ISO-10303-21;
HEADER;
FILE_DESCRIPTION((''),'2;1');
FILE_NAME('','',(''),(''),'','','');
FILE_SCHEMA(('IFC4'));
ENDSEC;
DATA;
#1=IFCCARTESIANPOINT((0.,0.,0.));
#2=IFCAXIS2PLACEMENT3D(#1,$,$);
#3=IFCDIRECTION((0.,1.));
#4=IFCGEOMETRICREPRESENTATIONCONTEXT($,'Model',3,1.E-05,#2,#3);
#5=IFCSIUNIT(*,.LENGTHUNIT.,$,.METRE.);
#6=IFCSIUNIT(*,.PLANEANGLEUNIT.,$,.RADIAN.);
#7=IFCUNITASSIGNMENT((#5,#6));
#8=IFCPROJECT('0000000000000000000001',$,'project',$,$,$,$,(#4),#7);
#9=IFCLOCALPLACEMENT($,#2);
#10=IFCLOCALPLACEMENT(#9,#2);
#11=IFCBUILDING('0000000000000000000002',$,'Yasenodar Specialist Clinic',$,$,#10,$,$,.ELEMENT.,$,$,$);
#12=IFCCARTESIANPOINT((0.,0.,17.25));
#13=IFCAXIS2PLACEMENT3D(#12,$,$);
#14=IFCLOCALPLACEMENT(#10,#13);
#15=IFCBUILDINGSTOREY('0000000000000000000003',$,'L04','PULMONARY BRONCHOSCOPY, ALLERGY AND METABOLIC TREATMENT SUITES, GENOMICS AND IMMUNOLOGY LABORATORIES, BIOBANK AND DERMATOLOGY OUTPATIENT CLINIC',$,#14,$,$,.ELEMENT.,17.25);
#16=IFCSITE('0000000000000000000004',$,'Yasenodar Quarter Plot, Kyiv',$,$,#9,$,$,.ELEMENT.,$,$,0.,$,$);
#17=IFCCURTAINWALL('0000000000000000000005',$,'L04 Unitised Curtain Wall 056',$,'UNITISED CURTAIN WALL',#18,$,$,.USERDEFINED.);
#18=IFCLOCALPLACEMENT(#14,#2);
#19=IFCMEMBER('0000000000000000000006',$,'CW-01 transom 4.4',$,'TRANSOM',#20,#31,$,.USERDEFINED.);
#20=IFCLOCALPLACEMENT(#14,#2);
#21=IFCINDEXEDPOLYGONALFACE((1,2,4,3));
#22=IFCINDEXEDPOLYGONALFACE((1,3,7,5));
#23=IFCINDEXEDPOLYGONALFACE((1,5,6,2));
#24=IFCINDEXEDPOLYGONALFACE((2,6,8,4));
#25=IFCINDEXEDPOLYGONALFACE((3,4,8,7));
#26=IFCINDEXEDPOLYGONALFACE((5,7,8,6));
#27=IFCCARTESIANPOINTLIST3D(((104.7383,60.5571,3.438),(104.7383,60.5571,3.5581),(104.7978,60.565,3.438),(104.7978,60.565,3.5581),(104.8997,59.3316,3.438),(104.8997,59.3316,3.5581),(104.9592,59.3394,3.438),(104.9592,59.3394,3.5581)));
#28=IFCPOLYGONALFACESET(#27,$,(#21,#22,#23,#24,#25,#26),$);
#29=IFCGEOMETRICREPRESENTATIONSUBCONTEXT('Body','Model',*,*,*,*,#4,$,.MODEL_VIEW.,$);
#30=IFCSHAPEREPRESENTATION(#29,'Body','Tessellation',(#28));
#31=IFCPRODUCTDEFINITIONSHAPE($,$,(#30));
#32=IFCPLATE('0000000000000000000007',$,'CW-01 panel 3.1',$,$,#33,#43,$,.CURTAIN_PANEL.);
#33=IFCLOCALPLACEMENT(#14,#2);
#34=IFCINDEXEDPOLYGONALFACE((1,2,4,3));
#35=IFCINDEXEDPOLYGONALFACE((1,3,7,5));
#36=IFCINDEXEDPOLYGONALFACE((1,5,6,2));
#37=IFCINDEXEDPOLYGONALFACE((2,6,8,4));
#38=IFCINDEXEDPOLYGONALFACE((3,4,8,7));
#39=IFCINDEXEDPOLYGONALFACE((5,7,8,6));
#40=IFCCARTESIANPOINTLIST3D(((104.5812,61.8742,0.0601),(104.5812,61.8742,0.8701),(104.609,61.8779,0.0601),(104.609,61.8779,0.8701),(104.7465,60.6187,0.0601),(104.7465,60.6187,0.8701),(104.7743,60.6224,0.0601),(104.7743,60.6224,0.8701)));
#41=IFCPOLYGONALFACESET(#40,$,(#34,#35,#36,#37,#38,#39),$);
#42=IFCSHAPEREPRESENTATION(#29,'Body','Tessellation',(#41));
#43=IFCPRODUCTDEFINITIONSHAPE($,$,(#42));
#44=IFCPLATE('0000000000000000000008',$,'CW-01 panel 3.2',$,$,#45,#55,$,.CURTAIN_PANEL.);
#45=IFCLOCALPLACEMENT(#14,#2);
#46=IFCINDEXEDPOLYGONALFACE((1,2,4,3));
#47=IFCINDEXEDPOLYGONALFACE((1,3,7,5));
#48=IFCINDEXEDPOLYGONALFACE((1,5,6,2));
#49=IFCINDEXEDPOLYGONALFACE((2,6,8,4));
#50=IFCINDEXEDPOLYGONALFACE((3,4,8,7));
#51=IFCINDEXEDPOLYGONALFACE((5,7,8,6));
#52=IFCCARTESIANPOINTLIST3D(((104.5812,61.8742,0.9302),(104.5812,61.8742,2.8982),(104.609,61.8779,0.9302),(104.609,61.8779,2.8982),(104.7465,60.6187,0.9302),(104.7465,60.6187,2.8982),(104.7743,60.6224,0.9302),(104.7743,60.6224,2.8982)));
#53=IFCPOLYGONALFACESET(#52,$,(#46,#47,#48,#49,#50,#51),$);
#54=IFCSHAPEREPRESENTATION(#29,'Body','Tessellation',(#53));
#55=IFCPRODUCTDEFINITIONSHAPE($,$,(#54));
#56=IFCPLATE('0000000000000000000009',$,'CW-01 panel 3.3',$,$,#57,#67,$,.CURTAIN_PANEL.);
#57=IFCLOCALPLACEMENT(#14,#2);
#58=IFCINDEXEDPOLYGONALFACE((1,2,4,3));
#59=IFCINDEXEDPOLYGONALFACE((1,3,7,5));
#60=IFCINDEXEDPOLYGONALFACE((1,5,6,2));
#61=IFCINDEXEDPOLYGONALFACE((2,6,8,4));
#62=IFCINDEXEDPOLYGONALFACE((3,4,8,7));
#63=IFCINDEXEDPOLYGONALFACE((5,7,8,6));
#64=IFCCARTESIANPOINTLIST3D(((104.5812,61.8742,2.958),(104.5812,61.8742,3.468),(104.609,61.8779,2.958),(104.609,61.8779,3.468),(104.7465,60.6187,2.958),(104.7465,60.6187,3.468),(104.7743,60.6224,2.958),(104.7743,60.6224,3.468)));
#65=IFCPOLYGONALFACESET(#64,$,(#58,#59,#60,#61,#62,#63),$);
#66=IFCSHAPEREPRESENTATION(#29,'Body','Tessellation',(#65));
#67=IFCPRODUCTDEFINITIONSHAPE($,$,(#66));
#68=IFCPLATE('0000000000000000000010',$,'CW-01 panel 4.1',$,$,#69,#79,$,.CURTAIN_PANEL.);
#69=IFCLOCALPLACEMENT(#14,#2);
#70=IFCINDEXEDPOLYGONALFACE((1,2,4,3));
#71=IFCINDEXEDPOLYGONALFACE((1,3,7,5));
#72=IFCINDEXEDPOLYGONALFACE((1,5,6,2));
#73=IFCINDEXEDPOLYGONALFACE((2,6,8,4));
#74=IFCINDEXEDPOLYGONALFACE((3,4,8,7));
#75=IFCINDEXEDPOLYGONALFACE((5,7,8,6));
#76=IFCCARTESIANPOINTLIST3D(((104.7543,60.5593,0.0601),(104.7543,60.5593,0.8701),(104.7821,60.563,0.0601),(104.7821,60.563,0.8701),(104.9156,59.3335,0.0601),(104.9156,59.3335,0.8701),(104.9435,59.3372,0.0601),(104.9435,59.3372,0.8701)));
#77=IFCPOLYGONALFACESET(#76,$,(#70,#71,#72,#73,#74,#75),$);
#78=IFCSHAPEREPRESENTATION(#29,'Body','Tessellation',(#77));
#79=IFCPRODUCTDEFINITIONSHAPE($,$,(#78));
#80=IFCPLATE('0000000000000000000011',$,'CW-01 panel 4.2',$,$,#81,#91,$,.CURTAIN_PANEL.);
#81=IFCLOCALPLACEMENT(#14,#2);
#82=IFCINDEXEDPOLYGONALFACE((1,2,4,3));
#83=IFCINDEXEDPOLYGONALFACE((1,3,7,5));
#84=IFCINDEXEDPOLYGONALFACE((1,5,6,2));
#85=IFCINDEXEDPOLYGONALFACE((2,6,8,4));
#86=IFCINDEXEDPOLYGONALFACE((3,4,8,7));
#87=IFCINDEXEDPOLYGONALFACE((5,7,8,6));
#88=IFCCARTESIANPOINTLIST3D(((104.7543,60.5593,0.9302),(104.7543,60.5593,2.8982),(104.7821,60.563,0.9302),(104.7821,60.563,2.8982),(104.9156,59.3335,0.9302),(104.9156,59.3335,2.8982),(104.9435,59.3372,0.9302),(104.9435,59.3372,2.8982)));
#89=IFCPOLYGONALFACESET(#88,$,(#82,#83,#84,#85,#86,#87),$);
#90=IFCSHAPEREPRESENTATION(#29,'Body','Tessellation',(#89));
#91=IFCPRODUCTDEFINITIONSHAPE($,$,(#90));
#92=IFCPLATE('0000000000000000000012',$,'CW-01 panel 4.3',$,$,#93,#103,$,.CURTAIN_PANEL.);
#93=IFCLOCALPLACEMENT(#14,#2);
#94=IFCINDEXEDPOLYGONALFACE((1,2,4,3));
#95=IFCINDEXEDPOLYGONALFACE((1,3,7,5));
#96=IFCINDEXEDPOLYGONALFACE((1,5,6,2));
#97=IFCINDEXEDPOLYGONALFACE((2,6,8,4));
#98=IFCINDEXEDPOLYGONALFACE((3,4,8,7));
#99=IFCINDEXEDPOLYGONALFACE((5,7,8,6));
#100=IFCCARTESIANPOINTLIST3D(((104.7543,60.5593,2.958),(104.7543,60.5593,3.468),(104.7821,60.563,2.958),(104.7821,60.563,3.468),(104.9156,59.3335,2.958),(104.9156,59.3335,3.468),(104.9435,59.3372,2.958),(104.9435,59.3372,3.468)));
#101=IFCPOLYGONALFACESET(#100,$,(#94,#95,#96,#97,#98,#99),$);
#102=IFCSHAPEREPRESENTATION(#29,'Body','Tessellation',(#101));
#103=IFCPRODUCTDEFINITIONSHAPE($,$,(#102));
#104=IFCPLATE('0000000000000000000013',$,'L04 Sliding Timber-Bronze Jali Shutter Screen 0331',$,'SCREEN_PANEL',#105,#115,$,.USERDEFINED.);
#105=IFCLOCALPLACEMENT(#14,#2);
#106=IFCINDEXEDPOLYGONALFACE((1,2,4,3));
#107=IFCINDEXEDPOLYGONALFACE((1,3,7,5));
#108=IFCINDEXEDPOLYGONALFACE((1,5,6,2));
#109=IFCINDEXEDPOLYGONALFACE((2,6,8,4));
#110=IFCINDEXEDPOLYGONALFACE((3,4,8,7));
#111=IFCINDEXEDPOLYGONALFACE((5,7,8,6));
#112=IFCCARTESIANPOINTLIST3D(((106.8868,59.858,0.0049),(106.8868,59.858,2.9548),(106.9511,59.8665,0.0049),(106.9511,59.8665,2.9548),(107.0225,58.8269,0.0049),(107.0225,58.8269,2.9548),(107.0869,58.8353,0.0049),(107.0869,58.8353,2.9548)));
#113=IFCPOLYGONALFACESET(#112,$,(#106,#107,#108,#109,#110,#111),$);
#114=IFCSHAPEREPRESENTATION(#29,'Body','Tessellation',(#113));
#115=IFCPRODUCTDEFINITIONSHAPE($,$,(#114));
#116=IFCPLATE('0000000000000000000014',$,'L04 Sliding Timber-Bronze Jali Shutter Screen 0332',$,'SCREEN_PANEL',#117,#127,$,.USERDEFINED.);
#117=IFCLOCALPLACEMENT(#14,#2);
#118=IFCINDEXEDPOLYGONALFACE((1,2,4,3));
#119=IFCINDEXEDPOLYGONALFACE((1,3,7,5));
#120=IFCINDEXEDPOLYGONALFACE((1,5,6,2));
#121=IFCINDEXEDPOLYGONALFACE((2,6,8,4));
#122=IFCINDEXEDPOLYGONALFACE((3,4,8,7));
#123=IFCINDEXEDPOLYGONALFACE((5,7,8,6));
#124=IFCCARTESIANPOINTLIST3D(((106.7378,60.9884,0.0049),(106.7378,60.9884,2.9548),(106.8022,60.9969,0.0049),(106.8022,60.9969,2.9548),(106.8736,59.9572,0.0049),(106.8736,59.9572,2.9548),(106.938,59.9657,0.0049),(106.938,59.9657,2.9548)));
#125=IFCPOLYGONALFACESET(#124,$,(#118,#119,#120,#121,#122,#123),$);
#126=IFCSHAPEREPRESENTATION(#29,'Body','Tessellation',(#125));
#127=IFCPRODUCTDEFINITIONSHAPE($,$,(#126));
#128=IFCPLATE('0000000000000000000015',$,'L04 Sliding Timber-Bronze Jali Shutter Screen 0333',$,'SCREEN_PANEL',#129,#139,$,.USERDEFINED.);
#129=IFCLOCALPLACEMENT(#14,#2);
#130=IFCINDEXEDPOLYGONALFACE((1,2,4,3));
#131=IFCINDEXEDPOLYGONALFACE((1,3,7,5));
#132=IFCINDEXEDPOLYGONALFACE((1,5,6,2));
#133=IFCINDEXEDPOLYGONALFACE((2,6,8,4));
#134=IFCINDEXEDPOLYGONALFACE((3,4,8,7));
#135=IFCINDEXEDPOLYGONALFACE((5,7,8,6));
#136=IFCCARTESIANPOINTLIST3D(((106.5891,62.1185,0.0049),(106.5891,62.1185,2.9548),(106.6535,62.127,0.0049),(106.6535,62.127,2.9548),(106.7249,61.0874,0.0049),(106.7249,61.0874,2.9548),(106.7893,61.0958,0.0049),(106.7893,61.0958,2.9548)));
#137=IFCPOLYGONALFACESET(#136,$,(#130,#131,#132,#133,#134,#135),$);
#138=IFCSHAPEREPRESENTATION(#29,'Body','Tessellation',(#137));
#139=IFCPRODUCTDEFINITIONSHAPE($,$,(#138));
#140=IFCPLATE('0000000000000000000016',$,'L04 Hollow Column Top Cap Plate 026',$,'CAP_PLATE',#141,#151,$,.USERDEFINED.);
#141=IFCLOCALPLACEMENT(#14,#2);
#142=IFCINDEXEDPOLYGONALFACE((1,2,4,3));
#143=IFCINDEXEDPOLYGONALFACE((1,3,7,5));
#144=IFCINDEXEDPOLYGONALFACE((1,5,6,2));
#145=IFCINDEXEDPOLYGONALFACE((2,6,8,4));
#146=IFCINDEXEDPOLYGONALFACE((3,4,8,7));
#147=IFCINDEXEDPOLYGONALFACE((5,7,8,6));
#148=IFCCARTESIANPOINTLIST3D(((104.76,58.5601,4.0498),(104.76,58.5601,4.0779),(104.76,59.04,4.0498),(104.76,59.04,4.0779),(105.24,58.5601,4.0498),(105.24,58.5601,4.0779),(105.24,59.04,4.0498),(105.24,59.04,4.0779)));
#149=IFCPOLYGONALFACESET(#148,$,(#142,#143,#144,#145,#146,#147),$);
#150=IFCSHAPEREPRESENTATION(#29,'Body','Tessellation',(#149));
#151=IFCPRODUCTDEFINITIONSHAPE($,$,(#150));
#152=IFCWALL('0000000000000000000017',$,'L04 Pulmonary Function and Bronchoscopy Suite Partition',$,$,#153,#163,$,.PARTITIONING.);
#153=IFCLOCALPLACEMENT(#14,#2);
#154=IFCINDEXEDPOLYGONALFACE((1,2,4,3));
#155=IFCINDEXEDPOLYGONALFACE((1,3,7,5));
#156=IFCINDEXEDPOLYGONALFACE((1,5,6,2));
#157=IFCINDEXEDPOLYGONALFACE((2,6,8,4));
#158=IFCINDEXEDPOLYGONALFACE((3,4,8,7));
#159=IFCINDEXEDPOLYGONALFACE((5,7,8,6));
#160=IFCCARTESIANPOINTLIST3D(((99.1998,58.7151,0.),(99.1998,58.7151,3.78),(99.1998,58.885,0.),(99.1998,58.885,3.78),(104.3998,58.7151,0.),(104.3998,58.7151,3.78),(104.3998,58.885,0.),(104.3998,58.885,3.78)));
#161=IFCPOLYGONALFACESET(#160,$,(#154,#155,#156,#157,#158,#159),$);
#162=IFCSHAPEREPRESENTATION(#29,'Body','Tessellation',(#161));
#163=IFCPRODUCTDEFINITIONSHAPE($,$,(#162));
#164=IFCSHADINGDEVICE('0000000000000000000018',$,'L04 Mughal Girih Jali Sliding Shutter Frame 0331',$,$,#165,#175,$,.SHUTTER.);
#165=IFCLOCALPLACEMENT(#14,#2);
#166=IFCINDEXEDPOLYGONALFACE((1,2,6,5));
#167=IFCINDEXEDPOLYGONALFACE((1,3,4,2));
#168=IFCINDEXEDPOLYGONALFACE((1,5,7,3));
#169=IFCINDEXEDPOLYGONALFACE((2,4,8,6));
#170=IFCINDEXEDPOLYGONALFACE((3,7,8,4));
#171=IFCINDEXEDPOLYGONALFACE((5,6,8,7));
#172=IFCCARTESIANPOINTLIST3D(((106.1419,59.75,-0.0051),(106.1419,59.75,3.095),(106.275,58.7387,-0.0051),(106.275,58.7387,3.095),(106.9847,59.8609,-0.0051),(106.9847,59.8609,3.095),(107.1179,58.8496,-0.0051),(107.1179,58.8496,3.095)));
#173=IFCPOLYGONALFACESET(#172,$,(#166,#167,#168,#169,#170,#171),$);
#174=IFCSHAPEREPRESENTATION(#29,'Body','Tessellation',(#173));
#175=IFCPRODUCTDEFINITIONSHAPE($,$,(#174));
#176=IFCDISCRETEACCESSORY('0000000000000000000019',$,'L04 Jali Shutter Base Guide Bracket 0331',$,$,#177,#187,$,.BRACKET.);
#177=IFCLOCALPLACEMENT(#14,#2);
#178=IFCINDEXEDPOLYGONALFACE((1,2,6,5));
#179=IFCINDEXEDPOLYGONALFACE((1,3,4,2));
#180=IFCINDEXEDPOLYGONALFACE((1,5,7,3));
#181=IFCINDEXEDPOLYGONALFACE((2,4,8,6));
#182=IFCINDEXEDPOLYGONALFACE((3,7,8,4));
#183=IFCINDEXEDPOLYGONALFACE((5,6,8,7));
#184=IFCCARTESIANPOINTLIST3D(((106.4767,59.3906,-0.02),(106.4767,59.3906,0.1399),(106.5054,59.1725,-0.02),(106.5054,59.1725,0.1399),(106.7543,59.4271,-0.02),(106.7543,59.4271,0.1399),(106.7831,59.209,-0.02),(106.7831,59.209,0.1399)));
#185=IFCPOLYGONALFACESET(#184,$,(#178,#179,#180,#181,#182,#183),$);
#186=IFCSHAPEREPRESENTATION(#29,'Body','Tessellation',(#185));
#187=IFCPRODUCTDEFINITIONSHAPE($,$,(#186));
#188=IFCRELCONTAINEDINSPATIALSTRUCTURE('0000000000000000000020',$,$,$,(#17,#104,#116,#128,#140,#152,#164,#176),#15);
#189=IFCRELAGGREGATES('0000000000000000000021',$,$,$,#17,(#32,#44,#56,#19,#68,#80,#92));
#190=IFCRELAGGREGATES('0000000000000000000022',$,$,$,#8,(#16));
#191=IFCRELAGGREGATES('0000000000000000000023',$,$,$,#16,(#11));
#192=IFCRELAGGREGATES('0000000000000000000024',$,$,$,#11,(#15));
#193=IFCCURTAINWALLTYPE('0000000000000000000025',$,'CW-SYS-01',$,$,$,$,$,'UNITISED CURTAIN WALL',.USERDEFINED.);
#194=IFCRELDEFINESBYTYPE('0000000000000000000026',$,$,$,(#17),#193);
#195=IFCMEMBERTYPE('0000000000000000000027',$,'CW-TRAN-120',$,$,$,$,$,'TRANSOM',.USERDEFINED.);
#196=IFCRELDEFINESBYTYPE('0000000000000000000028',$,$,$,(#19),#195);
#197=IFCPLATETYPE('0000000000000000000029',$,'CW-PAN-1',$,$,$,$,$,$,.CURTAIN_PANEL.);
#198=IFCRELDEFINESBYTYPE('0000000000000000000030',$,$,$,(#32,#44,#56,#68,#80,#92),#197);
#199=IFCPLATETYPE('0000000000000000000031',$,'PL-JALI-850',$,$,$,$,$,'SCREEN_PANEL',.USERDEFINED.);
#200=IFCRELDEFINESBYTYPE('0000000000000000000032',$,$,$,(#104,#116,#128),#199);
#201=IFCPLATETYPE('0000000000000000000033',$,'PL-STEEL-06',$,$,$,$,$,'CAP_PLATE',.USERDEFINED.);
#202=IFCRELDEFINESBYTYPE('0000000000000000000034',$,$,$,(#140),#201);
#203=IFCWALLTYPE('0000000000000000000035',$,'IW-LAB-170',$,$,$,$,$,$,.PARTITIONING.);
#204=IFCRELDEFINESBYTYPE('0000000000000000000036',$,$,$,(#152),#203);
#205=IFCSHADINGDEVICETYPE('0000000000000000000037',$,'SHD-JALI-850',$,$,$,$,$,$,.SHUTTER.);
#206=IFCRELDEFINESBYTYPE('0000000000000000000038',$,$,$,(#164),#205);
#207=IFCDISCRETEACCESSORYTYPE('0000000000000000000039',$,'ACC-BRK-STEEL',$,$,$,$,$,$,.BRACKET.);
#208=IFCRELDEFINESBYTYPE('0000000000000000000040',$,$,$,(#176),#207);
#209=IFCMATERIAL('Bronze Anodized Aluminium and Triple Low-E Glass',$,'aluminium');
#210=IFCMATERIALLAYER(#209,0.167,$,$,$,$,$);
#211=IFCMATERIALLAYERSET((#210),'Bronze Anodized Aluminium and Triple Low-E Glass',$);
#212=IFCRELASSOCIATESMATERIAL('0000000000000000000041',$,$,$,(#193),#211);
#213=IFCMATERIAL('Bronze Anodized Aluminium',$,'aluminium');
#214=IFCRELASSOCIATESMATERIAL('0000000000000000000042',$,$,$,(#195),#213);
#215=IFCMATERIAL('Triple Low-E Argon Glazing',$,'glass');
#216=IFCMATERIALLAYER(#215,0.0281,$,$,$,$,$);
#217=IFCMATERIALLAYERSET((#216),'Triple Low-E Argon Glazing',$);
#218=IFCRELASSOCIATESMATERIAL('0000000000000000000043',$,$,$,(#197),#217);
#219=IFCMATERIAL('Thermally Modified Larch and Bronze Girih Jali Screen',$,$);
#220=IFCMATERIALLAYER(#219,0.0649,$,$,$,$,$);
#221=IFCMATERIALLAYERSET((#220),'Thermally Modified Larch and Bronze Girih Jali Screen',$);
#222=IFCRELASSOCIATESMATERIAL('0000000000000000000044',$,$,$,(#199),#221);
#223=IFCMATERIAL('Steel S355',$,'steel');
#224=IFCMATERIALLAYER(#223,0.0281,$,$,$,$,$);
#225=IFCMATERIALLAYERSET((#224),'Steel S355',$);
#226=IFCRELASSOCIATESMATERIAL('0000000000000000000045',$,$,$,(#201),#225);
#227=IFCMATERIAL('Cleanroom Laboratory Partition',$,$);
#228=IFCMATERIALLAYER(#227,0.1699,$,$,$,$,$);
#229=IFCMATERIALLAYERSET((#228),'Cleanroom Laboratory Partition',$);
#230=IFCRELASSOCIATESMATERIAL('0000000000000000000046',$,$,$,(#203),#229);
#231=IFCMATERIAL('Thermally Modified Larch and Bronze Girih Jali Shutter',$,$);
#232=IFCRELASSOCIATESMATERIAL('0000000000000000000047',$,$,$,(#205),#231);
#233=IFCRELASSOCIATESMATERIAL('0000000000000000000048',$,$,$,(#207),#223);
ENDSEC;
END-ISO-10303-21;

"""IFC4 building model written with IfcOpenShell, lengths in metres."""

from ifc_helpers import new_model, si_unit, direction, frame, frame_2d, origin, origin_2d, place, context, subcontext, project, spatial, rectangle, extrude, material, layer, layer_set, material_profile, profile_set, type_object, element, aggregate, save


model = new_model("IFC4")

# Units and contexts
model_context = context("Model", 3, precision=1e-05, world=origin(), true_north=direction((0.0, 1.0)))
body_context = subcontext(model_context, "Body", "Model", "MODEL_VIEW")
ifc_project = project(units=[si_unit("LENGTHUNIT", "METRE"), si_unit("PLANEANGLEUNIT", "RADIAN")], contexts=[model_context])

# Site, building, storey
site_placement = place(None, origin())
site = spatial("IfcSite", under=ifc_project, at=site_placement, Name="Yasenodar Quarter Plot, Kyiv", CompositionType="ELEMENT", RefElevation=0.0)
building_placement = place(site_placement, origin())
building = spatial("IfcBuilding", under=site, at=building_placement, Name="Yasenodar Specialist Clinic", CompositionType="ELEMENT")
storey_placement = place(building_placement, frame((0.0, 0.0, 17.25)))
storey = spatial("IfcBuildingStorey", under=building, at=storey_placement, Name="L04", Description="PULMONARY BRONCHOSCOPY, ALLERGY AND METABOLIC TREATMENT SUITES, GENOMICS AND IMMUNOLOGY LABORATORIES, BIOBANK AND DERMATOLOGY OUTPATIENT CLINIC", CompositionType="ELEMENT", Elevation=17.25)

# Shared definitions
ifc_material_1 = material(Name="Steel S355", Category="steel")

# Curtain wall, member, plates
ifc_material_2 = material(Name="Bronze Anodized Aluminium and Triple Low-E Glass", Category="aluminium")
ifc_layer_1 = layer(ifc_material_2, 0.167)
ifc_layer_set_1 = layer_set([ifc_layer_1], Name="Bronze Anodized Aluminium and Triple Low-E Glass")
curtain_wall_type = type_object("IfcCurtainWallType", Name="CW-SYS-01", ElementType="UNITISED CURTAIN WALL", PredefinedType="USERDEFINED", material=ifc_layer_set_1)
curtain_wall_placement = place(storey_placement, origin())
curtain_wall = element("IfcCurtainWall", 1, at=curtain_wall_placement, inside=storey, type_object=curtain_wall_type, Name="L04 Unitised Curtain Wall 056", ObjectType="UNITISED CURTAIN WALL", PredefinedType="USERDEFINED")
ifc_material_3 = material(Name="Bronze Anodized Aluminium", Category="aluminium")
ifc_material_profile_1 = material_profile(ifc_material_3, rectangle(XDim=0.0601, YDim=0.1201, at=origin_2d()), Name="CW-TRAN 60x120")
ifc_profile_set_1 = profile_set([ifc_material_profile_1], Name="Bronze Anodized Aluminium")
member_type_1 = type_object("IfcMemberType", Name="CW-TRAN-120", ElementType="TRANSOM", PredefinedType="USERDEFINED", material=ifc_profile_set_1)
member_1_placement = place(storey_placement, frame((104.7681, 60.561, 3.498), z_axis=(0.130546, -0.991442, 0.0), x_axis=(0.991442, 0.130546, 0.0)))
member_1 = element("IfcMember", 2, at=member_1_placement, type_object=member_type_1, Name="CW-01 transom 4.4", ObjectType="TRANSOM", PredefinedType="USERDEFINED", context=body_context, shape_type="SweptSolid", body=[
    extrude(rectangle(XDim=0.0601, YDim=0.1201, at=origin_2d()), origin(), (0.0, 0.0, 1.0), 1.2361),
])
ifc_material_4 = material(Name="Triple Low-E Argon Glazing", Category="glass")
ifc_layer_2 = layer(ifc_material_4, 0.0281)
ifc_layer_set_2 = layer_set([ifc_layer_2], Name="Triple Low-E Argon Glazing")
plate_type_1 = type_object("IfcPlateType", Name="CW-PAN-1", PredefinedType="CURTAIN_PANEL", material=ifc_layer_set_2)
plate_1_placement = place(storey_placement, frame((104.6777, 61.2483, 0.0601), z_axis=(0.0, 0.0, 1.0), x_axis=(0.130512, -0.991447, 0.0)))
plate_1 = element("IfcPlate", 3, at=plate_1_placement, type_object=plate_type_1, Name="CW-01 panel 3.1", PredefinedType="CURTAIN_PANEL", context=body_context, shape_type="SweptSolid", body=[
    extrude(rectangle(XDim=1.2664, YDim=0.0281, at=origin_2d()), origin(), (0.0, 0.0, 1.0), 0.8101),
])
plate_2_placement = place(storey_placement, frame((104.6777, 61.2483, 0.9302), z_axis=(0.0, 0.0, 1.0), x_axis=(0.130512, -0.991447, 0.0)))
plate_2 = element("IfcPlate", 4, at=plate_2_placement, type_object=plate_type_1, Name="CW-01 panel 3.2", PredefinedType="CURTAIN_PANEL", context=body_context, shape_type="SweptSolid", body=[
    extrude(rectangle(XDim=1.2664, YDim=0.0281, at=origin_2d()), origin(), (0.0, 0.0, 1.0), 1.968),
])
plate_3_placement = place(storey_placement, frame((104.6777, 61.2483, 2.958), z_axis=(0.0, 0.0, 1.0), x_axis=(0.130512, -0.991447, 0.0)))
plate_3 = element("IfcPlate", 5, at=plate_3_placement, type_object=plate_type_1, Name="CW-01 panel 3.3", PredefinedType="CURTAIN_PANEL", context=body_context, shape_type="SweptSolid", body=[
    extrude(rectangle(XDim=1.2664, YDim=0.0281, at=origin_2d()), origin(), (0.0, 0.0, 1.0), 0.51),
])
plate_4_placement = place(storey_placement, frame((104.8489, 59.9482, 0.0601), z_axis=(0.0, 0.0, 1.0), x_axis=(0.130512, -0.991447, 0.0)))
plate_4 = element("IfcPlate", 6, at=plate_4_placement, type_object=plate_type_1, Name="CW-01 panel 4.1", PredefinedType="CURTAIN_PANEL", context=body_context, shape_type="SweptSolid", body=[
    extrude(rectangle(XDim=1.2363, YDim=0.0281, at=origin_2d()), origin(), (0.0, 0.0, 1.0), 0.8101),
])
plate_5_placement = place(storey_placement, frame((104.8489, 59.9482, 0.9302), z_axis=(0.0, 0.0, 1.0), x_axis=(0.130512, -0.991447, 0.0)))
plate_5 = element("IfcPlate", 7, at=plate_5_placement, type_object=plate_type_1, Name="CW-01 panel 4.2", PredefinedType="CURTAIN_PANEL", context=body_context, shape_type="SweptSolid", body=[
    extrude(rectangle(XDim=1.2363, YDim=0.0281, at=origin_2d()), origin(), (0.0, 0.0, 1.0), 1.968),
])
plate_6_placement = place(storey_placement, frame((104.8489, 59.9482, 2.958), z_axis=(0.0, 0.0, 1.0), x_axis=(0.130512, -0.991447, 0.0)))
plate_6 = element("IfcPlate", 8, at=plate_6_placement, type_object=plate_type_1, Name="CW-01 panel 4.3", PredefinedType="CURTAIN_PANEL", context=body_context, shape_type="SweptSolid", body=[
    extrude(rectangle(XDim=1.2363, YDim=0.0281, at=origin_2d()), origin(), (0.0, 0.0, 1.0), 0.51),
])
aggregate(curtain_wall, [plate_1, plate_2, plate_3, member_1, plate_4, plate_5, plate_6])

# Plates
ifc_material_5 = material(Name="Thermally Modified Larch and Bronze Girih Jali Screen")
ifc_layer_3 = layer(ifc_material_5, 0.0649)
ifc_layer_set_3 = layer_set([ifc_layer_3], Name="Thermally Modified Larch and Bronze Girih Jali Screen")
plate_type_2 = type_object("IfcPlateType", Name="PL-JALI-850", ElementType="SCREEN_PANEL", PredefinedType="USERDEFINED", material=ifc_layer_set_3)
for number, where, z_axis, x_axis, name in (
    (9, (106.9868, 59.3467, 0.0049), (0.0, 0.0, 1.0), (-0.130519, 0.991446, 0.0), "L04 Sliding Timber-Bronze Jali Shutter Screen 0331"),
    (10, (106.8379, 60.4771, 0.0049), (0.0, 0.0, 1.0), (-0.130519, 0.991446, 0.0), "L04 Sliding Timber-Bronze Jali Shutter Screen 0332"),
    (11, (106.6892, 61.6072, 0.0049), (0.0, 0.0, 1.0), (-0.130519, 0.991446, 0.0), "L04 Sliding Timber-Bronze Jali Shutter Screen 0333"),
):
    element("IfcPlate", number, at=place(storey_placement, frame(where, z_axis=z_axis, x_axis=x_axis)), inside=storey, type_object=plate_type_2, Name=name, ObjectType="SCREEN_PANEL", PredefinedType="USERDEFINED", context=body_context, shape_type="SweptSolid", body=[
        extrude(rectangle(XDim=1.04, YDim=0.0649, at=origin_2d()), origin(), (0.0, 0.0, 1.0), 2.95),
    ])
ifc_layer_4 = layer(ifc_material_1, 0.0281)
ifc_layer_set_4 = layer_set([ifc_layer_4], Name="Steel S355")
plate_type_3 = type_object("IfcPlateType", Name="PL-STEEL-06", ElementType="CAP_PLATE", PredefinedType="USERDEFINED", material=ifc_layer_set_4)
plate_7_placement = place(storey_placement, frame((105.0, 58.8, 4.0498), z_axis=(0.0, 0.0, 1.0), x_axis=(1.0, 0.0, 0.0)))
element("IfcPlate", 12, at=plate_7_placement, inside=storey, type_object=plate_type_3, Name="L04 Hollow Column Top Cap Plate 026", ObjectType="CAP_PLATE", PredefinedType="USERDEFINED", context=body_context, shape_type="SweptSolid", body=[
    extrude(rectangle(XDim=0.48, YDim=0.48, at=origin_2d()), origin(), (0.0, 0.0, 1.0), 0.0281),
])

# Wall
ifc_material_6 = material(Name="Cleanroom Laboratory Partition")
ifc_layer_5 = layer(ifc_material_6, 0.1699)
ifc_layer_set_5 = layer_set([ifc_layer_5], Name="Cleanroom Laboratory Partition")
wall_type = type_object("IfcWallType", Name="IW-LAB-170", PredefinedType="PARTITIONING", material=ifc_layer_set_5)
wall_placement = place(storey_placement, frame((104.3999, 58.8, 0.0), z_axis=(0.0, 0.0, 1.0), x_axis=(-1.0, 0.0, 0.0)))
element("IfcWall", 13, at=wall_placement, inside=storey, type_object=wall_type, Name="L04 Pulmonary Function and Bronchoscopy Suite Partition", PredefinedType="PARTITIONING", context=body_context, shape_type="SweptSolid", body=[
    extrude(rectangle(XDim=5.2, YDim=0.1699, at=frame_2d((2.6001, 0.0))), origin(), (0.0, 0.0, 1.0), 3.78),
])

# Shading device
ifc_material_7 = material(Name="Thermally Modified Larch and Bronze Girih Jali Shutter")
shading_device_type = type_object("IfcShadingDeviceType", Name="SHD-JALI-850", PredefinedType="SHUTTER", material=ifc_material_7)
shading_device_placement = place(storey_placement, frame((106.6299, 59.2998, -0.0051), z_axis=(0.0, 0.0, 1.0), x_axis=(-0.130519, 0.991446, 0.0)))
element("IfcShadingDevice", 14, at=shading_device_placement, inside=storey, type_object=shading_device_type, Name="L04 Mughal Girih Jali Sliding Shutter Frame 0331", PredefinedType="SHUTTER", context=body_context, shape_type="SweptSolid", body=[
    extrude(rectangle(XDim=1.02, YDim=0.8501, at=origin_2d()), origin(), (0.0, 0.0, 1.0), 3.1001),
])

# Discrete accessory
discrete_accessory_type = type_object("IfcDiscreteAccessoryType", Name="ACC-BRK-STEEL", PredefinedType="BRACKET", material=ifc_material_1)
for number, where, z_axis, x_axis, name in (
    (15, (106.6299, 59.2998, -0.02), (0.0, 0.0, 1.0), (-0.130519, 0.991446, 0.0), "L04 Jali Shutter Base Guide Bracket 0331"),
):
    element("IfcDiscreteAccessory", number, at=place(storey_placement, frame(where, z_axis=z_axis, x_axis=x_axis)), inside=storey, type_object=discrete_accessory_type, Name=name, PredefinedType="BRACKET", context=body_context, shape_type="SweptSolid", body=[
        extrude(rectangle(XDim=0.22, YDim=0.28, at=origin_2d()), origin(), (0.0, 0.0, 1.0), 0.1599),
    ])

save(model, "model.ifc")
